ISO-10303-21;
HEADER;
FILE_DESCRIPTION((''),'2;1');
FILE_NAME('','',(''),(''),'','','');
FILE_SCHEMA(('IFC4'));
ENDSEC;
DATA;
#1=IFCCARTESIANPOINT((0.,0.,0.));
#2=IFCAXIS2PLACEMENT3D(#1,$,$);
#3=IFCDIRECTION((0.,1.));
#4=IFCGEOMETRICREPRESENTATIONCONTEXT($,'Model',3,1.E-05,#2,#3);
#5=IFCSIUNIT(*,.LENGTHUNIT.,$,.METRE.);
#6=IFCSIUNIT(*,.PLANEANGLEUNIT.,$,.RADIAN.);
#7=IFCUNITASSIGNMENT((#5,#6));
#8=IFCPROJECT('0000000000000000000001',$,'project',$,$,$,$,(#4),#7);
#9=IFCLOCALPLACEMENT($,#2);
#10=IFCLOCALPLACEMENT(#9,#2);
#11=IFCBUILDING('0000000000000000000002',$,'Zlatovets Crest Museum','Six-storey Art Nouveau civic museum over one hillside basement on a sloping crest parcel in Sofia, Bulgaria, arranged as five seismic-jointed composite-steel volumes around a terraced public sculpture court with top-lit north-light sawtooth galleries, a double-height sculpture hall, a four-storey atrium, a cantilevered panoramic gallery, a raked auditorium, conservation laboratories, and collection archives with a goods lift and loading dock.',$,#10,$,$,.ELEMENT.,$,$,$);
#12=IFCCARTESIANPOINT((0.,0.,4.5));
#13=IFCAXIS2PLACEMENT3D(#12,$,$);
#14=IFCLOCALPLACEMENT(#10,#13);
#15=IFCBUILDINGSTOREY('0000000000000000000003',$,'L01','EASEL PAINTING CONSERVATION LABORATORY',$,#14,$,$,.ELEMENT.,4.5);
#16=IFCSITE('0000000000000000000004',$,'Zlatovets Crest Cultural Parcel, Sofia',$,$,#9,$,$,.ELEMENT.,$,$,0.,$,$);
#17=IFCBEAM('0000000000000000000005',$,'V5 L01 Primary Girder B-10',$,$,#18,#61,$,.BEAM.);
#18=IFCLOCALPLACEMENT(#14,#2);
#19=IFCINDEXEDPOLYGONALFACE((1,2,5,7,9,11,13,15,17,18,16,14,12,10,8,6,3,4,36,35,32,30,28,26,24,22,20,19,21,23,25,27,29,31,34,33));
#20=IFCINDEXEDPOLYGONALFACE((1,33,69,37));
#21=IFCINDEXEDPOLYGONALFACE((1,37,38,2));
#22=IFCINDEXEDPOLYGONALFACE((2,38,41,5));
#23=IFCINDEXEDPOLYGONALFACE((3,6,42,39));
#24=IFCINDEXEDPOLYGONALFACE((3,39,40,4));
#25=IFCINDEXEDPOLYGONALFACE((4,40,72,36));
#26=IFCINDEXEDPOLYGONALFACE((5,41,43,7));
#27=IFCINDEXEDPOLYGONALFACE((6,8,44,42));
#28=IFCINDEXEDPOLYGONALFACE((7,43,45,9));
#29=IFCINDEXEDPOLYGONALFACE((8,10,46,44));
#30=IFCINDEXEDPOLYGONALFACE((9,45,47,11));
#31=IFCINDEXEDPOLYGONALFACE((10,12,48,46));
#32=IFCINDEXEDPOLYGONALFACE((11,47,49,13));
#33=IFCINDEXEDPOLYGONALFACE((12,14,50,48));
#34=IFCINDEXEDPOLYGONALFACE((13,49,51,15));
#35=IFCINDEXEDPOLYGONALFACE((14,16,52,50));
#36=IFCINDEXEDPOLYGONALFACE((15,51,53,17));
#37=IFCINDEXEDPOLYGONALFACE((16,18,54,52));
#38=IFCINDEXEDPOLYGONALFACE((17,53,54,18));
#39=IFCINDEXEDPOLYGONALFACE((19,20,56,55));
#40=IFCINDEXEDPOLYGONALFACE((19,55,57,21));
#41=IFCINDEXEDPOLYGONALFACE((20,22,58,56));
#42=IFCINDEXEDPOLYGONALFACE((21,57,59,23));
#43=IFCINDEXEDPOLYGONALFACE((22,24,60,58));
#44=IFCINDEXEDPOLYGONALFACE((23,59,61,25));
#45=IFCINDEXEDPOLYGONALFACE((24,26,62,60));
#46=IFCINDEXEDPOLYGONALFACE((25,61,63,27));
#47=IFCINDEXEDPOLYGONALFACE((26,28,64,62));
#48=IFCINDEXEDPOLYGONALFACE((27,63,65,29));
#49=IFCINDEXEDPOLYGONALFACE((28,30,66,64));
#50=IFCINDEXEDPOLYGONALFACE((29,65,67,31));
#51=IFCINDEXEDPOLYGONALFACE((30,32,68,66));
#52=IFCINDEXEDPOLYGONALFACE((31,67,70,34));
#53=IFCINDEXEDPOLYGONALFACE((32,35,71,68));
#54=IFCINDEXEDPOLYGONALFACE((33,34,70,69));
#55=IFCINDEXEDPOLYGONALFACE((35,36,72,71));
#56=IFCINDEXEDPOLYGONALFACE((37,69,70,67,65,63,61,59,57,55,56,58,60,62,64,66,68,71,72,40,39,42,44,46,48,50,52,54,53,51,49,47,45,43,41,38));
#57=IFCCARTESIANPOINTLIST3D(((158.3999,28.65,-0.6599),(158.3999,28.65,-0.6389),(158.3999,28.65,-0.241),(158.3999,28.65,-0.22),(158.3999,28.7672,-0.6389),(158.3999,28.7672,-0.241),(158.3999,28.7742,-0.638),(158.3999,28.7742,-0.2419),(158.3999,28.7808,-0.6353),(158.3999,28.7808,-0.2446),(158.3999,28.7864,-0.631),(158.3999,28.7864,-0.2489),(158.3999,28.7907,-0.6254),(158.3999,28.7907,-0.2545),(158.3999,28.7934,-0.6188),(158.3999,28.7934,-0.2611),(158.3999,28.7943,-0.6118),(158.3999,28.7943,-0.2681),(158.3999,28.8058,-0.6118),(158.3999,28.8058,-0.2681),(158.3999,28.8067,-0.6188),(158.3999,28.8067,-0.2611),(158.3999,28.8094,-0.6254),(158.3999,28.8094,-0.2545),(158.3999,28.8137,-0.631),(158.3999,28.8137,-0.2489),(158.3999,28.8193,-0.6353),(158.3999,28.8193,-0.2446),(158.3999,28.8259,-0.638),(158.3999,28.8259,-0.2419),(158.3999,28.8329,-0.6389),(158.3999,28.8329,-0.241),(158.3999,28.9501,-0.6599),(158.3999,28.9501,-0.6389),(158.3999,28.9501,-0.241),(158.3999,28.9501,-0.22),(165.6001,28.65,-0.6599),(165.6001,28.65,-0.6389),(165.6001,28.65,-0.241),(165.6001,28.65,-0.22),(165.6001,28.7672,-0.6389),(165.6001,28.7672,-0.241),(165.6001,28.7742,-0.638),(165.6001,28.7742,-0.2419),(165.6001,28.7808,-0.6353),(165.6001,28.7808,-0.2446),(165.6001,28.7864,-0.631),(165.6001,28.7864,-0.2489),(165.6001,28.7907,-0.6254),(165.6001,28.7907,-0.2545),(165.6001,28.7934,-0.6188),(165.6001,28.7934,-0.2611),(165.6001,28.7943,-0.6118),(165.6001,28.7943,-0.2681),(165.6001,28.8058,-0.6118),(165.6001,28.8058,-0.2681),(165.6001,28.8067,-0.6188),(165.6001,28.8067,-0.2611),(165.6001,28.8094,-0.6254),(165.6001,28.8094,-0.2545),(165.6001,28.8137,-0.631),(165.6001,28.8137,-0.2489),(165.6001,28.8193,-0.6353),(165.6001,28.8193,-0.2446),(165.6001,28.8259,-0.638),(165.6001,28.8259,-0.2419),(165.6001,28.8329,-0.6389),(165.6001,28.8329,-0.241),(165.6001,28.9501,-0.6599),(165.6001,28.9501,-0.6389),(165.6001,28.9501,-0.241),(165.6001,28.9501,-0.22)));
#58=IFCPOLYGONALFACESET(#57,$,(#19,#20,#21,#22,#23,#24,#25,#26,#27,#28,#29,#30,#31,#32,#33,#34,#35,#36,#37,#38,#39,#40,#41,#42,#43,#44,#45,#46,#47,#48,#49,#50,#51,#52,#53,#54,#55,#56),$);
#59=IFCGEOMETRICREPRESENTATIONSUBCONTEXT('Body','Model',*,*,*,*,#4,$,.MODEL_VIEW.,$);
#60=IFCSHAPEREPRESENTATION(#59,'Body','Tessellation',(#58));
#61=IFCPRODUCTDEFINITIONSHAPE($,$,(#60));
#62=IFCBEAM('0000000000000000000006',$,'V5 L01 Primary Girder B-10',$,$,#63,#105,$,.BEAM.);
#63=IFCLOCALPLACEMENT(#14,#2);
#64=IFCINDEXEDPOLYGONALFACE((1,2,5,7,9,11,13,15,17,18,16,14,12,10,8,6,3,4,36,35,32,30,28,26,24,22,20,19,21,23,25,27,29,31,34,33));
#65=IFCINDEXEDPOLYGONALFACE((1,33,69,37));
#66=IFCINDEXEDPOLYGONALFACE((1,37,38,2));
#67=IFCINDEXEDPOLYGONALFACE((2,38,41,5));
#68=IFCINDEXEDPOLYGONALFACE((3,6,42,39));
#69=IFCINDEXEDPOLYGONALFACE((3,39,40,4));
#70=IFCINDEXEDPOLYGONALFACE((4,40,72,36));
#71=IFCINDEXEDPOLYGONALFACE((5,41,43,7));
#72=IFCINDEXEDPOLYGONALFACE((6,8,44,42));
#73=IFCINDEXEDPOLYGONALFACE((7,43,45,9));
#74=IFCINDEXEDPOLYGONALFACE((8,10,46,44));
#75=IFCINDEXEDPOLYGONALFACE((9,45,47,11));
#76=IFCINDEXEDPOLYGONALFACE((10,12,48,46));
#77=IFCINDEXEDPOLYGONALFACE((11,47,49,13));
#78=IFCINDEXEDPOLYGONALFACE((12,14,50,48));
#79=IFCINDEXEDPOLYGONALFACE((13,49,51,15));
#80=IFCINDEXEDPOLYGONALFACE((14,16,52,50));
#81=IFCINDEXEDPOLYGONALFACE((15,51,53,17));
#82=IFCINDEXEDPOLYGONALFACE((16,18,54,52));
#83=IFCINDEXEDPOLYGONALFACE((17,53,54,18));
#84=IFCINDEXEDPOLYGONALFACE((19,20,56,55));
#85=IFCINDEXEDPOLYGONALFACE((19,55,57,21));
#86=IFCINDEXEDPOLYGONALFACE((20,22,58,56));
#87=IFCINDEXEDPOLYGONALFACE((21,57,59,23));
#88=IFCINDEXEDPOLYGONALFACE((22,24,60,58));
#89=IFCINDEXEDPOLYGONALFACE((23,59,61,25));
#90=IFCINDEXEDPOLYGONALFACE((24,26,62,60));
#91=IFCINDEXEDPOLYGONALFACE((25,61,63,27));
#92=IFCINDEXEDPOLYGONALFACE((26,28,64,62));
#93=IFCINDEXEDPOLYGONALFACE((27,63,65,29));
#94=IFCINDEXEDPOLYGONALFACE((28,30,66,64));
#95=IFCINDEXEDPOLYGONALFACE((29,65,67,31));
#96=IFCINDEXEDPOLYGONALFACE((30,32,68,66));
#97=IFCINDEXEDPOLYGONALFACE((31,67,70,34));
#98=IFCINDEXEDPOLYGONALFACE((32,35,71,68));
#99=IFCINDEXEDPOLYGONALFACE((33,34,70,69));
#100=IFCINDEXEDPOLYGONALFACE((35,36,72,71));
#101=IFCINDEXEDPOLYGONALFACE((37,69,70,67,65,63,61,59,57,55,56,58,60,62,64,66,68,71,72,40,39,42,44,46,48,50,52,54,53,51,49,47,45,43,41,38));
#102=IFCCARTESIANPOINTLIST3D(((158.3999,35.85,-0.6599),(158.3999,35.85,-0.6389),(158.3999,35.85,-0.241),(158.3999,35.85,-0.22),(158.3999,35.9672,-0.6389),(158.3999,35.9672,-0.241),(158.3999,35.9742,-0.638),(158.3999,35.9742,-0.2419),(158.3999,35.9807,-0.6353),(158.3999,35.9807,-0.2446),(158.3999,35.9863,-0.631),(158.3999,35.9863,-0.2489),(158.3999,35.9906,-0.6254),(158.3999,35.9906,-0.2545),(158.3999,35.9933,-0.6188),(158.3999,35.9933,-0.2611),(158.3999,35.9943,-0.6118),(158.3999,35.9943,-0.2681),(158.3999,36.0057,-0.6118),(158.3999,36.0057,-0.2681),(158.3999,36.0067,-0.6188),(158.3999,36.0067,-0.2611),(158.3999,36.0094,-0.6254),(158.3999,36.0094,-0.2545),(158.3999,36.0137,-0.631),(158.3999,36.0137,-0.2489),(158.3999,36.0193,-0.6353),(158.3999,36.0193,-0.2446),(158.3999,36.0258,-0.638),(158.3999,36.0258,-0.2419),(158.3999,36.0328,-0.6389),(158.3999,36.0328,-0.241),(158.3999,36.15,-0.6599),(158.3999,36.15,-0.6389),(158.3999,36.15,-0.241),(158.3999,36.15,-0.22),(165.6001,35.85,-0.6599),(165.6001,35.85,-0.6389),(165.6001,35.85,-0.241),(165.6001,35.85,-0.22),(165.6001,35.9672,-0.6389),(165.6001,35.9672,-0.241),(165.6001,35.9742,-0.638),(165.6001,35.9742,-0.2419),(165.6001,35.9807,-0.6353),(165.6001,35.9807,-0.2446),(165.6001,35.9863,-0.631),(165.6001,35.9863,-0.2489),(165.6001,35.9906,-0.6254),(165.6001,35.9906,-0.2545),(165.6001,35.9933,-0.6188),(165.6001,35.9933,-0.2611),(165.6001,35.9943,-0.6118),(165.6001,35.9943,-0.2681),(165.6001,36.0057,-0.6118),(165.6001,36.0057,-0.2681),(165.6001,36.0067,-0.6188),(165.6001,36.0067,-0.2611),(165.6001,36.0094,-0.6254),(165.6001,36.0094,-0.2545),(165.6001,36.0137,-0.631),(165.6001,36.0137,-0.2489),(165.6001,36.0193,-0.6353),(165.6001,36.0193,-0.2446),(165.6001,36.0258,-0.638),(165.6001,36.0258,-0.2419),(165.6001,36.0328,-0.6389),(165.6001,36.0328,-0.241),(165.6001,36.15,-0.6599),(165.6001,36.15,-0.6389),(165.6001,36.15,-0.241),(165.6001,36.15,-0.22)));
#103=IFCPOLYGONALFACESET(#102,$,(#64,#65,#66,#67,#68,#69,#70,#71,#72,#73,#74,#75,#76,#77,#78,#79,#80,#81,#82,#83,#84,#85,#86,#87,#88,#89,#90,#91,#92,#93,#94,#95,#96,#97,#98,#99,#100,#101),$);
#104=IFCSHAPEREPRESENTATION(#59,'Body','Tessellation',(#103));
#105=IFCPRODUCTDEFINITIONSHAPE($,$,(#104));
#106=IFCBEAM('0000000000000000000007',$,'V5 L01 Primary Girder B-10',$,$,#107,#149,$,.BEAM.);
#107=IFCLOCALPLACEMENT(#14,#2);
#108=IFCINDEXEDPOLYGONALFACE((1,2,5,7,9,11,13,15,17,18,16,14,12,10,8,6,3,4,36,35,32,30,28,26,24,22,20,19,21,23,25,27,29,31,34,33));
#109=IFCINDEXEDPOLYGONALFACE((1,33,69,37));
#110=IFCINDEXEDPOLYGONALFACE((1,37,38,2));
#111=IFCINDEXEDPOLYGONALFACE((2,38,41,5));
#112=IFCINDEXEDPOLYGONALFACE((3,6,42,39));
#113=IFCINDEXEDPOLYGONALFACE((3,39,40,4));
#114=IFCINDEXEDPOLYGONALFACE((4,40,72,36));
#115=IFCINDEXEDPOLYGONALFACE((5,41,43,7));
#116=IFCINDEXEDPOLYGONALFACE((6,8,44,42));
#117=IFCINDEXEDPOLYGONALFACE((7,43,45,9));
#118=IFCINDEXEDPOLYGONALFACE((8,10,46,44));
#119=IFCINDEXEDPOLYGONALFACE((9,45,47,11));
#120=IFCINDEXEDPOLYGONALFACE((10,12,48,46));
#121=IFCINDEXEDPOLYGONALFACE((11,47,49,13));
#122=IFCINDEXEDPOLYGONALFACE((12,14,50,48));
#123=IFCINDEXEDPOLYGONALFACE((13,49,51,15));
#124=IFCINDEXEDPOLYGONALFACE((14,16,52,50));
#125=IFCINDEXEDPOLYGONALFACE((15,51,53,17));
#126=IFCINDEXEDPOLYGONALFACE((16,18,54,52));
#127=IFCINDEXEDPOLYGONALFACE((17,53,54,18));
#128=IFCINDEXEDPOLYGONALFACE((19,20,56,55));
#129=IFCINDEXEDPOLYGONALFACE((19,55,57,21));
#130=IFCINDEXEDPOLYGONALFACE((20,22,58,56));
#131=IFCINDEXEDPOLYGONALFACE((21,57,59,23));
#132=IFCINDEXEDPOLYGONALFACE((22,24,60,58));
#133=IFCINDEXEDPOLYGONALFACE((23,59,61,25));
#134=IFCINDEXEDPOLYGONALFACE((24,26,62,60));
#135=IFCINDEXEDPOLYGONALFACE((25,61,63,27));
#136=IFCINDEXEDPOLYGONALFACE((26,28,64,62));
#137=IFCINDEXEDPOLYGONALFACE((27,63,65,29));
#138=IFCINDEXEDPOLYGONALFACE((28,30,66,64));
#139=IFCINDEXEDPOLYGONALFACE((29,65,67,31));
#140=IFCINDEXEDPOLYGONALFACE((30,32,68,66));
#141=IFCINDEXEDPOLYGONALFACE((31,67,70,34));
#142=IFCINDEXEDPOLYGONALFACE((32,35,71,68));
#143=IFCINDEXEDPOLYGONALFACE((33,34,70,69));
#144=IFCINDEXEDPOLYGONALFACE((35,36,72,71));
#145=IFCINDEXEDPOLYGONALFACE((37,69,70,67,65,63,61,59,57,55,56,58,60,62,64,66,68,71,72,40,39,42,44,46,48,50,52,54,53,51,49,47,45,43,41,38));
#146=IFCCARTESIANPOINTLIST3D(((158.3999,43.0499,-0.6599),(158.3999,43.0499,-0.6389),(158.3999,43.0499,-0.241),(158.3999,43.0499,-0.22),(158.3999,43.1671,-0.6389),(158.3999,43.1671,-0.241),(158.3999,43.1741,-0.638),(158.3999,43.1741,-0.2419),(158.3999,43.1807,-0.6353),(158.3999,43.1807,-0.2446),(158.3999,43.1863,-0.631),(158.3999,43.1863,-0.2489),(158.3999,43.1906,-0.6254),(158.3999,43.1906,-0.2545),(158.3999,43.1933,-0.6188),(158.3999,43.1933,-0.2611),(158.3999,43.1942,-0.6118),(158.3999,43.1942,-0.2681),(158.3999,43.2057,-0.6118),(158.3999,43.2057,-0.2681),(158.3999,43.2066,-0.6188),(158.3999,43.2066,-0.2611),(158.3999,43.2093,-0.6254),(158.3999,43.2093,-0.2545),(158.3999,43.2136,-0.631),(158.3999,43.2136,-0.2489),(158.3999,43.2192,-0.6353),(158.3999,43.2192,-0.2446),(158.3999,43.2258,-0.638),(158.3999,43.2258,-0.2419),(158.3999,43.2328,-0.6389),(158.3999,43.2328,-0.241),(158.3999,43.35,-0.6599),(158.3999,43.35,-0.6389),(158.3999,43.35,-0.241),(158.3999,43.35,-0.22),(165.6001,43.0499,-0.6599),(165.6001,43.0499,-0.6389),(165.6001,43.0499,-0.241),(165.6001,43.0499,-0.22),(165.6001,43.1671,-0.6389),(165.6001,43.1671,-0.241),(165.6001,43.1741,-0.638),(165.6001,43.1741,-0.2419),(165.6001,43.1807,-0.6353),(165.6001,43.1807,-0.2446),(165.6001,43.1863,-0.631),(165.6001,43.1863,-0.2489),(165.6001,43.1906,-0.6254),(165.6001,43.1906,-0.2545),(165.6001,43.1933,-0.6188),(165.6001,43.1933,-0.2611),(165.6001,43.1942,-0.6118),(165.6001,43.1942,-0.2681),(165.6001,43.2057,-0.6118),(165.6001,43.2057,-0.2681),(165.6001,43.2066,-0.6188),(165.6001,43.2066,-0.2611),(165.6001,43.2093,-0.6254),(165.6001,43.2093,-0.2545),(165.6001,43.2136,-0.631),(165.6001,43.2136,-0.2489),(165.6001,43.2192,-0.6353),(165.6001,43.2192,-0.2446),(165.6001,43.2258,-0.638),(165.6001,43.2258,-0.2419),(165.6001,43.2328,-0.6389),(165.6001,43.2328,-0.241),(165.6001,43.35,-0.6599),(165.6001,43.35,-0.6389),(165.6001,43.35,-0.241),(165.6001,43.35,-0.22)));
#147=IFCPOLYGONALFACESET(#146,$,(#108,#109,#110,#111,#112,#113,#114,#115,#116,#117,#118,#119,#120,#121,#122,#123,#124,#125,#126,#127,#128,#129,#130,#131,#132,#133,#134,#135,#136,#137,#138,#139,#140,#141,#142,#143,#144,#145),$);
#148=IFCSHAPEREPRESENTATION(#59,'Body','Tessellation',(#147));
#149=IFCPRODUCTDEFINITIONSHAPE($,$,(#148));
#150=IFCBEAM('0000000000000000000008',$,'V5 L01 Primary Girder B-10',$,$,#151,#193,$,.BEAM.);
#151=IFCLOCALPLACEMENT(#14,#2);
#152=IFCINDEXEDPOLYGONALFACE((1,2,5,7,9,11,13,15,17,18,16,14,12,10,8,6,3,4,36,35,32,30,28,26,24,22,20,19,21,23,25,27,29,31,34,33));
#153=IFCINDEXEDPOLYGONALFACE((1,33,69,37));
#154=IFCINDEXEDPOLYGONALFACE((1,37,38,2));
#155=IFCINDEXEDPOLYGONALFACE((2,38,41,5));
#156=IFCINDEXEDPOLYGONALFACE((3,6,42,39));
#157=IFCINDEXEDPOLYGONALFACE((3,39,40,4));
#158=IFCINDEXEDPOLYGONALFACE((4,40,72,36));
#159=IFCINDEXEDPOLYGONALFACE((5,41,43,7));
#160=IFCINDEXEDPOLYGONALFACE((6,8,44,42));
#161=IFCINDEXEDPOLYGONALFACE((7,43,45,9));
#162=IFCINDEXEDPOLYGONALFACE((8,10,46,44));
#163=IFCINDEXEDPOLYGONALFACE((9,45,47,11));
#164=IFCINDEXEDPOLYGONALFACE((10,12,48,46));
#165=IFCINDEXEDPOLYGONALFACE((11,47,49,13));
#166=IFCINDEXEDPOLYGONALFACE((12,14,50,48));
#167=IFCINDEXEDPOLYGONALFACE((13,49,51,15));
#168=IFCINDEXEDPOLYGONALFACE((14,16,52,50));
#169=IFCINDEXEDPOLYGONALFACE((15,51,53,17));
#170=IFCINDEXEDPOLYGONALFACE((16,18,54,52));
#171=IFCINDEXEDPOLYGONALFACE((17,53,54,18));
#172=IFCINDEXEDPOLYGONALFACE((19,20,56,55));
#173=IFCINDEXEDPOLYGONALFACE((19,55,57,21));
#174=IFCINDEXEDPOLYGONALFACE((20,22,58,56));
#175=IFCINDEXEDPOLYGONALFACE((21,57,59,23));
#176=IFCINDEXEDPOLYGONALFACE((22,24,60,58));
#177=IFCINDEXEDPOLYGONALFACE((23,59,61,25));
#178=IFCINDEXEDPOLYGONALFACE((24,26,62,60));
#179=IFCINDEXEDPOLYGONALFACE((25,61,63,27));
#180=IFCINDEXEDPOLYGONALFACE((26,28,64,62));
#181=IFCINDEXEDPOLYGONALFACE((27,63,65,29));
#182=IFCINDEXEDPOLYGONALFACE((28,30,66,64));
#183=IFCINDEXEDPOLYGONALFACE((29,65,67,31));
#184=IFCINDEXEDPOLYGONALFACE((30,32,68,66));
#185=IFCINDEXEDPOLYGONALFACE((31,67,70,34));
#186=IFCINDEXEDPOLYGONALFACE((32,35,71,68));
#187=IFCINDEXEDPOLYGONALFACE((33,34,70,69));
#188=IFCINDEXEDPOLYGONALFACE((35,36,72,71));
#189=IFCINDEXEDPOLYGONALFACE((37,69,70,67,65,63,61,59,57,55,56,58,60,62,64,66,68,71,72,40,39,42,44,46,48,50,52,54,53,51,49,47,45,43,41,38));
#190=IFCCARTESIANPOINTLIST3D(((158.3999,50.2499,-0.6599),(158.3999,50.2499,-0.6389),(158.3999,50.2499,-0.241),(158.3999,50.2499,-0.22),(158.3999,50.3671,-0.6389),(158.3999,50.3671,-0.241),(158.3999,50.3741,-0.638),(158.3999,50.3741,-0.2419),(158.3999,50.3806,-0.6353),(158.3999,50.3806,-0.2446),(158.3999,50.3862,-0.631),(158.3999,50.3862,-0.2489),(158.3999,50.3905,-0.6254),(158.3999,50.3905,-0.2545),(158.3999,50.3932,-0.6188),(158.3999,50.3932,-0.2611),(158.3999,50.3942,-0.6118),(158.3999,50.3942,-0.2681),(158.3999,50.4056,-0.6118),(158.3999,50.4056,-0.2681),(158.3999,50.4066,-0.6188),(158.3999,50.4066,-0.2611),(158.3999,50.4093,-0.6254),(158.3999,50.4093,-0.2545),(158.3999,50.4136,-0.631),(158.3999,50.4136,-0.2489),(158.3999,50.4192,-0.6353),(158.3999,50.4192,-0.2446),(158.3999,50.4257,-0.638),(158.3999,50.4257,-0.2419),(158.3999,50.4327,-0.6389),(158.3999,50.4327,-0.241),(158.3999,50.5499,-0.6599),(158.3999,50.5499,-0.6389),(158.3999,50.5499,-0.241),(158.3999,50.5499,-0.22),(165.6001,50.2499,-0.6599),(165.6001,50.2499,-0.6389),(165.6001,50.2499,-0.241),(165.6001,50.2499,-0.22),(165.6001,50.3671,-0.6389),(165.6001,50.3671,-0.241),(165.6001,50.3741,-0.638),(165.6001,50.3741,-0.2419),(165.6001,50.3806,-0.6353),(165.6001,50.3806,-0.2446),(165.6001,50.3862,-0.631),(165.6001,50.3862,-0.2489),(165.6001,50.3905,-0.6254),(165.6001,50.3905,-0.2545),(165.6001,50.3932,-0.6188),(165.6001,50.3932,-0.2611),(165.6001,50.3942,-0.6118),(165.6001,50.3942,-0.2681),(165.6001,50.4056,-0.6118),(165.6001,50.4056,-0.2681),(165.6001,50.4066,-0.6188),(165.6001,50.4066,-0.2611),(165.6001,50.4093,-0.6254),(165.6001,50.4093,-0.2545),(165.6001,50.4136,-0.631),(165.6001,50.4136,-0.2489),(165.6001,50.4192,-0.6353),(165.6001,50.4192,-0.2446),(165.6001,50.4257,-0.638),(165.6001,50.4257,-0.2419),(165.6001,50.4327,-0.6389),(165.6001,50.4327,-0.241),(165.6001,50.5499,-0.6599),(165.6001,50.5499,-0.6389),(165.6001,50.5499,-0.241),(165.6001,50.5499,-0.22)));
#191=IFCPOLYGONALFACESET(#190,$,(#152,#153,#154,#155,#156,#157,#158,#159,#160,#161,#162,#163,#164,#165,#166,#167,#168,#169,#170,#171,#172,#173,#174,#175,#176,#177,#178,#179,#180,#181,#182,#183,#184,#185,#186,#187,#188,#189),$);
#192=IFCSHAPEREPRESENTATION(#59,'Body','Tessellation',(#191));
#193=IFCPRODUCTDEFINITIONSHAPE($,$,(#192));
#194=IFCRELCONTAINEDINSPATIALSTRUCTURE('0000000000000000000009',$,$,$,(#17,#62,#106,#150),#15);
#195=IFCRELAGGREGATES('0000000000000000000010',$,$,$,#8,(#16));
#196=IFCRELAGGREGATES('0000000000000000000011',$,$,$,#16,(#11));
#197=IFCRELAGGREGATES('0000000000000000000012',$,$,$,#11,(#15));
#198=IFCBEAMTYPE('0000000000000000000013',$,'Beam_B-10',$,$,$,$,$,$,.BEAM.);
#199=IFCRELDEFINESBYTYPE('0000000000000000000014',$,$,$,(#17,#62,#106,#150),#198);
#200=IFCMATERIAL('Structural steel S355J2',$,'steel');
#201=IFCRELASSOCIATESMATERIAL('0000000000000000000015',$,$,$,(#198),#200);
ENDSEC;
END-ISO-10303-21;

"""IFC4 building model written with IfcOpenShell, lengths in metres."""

from ifc_helpers import new_model, si_unit, direction, frame, origin, origin_2d, place, context, subcontext, project, spatial, i_section, extrude, material, material_profile, profile_set, type_object, element, save


model = new_model("IFC4")

# Units and contexts
model_context = context("Model", 3, precision=1e-05, world=origin(), true_north=direction((0.0, 1.0)))
body_context = subcontext(model_context, "Body", "Model", "MODEL_VIEW")
ifc_project = project(units=[si_unit("LENGTHUNIT", "METRE"), si_unit("PLANEANGLEUNIT", "RADIAN")], contexts=[model_context])

# Site, building, storey
site_placement = place(None, origin())
site = spatial("IfcSite", under=ifc_project, at=site_placement, Name="Zlatovets Crest Cultural Parcel, Sofia", CompositionType="ELEMENT", RefElevation=0.0)
building_placement = place(site_placement, origin())
building = spatial("IfcBuilding", under=site, at=building_placement, Name="Zlatovets Crest Museum", Description="Six-storey Art Nouveau civic museum over one hillside basement on a sloping crest parcel in Sofia, Bulgaria, arranged as five seismic-jointed composite-steel volumes around a terraced public sculpture court with top-lit north-light sawtooth galleries, a double-height sculpture hall, a four-storey atrium, a cantilevered panoramic gallery, a raked auditorium, conservation laboratories, and collection archives with a goods lift and loading dock.", CompositionType="ELEMENT")
storey_placement = place(building_placement, frame((0.0, 0.0, 4.5)))
storey = spatial("IfcBuildingStorey", under=building, at=storey_placement, Name="L01", Description="EASEL PAINTING CONSERVATION LABORATORY", CompositionType="ELEMENT", Elevation=4.5)

# Shared definitions
ifc_material_1 = material(Name="Structural steel S355J2", Category="steel")

# Beams
ifc_material_profile_1 = material_profile(ifc_material_1, i_section(OverallWidth=0.3, OverallDepth=0.4399, WebThickness=0.0115, FlangeThickness=0.021, FilletRadius=0.0271, at=origin_2d()), Name="HEA 450")
ifc_profile_set_1 = profile_set([ifc_material_profile_1], Name="Structural steel S355J2")
beam_type_1 = type_object("IfcBeamType", Name="Beam_B-10", PredefinedType="BEAM", material=ifc_profile_set_1)
for number, where, z_axis, x_axis, name in (
    (1, (158.3999, 28.8, -0.4399), (1.0, 0.0, 0.0), (0.0, 1.0, 0.0), "V5 L01 Primary Girder B-10"),
    (2, (158.3999, 36.0, -0.4399), (1.0, 0.0, 0.0), (0.0, 1.0, 0.0), "V5 L01 Primary Girder B-10"),
    (3, (158.3999, 43.2, -0.4399), (1.0, 0.0, 0.0), (0.0, 1.0, 0.0), "V5 L01 Primary Girder B-10"),
    (4, (158.3999, 50.3999, -0.4399), (1.0, 0.0, 0.0), (0.0, 1.0, 0.0), "V5 L01 Primary Girder B-10"),
):
    element("IfcBeam", number, at=place(storey_placement, frame(where, z_axis=z_axis, x_axis=x_axis)), inside=storey, type_object=beam_type_1, Name=name, PredefinedType="BEAM", context=body_context, shape_type="SweptSolid", body=[
        extrude(i_section(OverallWidth=0.3, OverallDepth=0.4399, WebThickness=0.0115, FlangeThickness=0.021, FilletRadius=0.0271, at=origin_2d()), origin(), (0.0, 0.0, 1.0), 7.2002),
    ])

save(model, "model.ifc")
